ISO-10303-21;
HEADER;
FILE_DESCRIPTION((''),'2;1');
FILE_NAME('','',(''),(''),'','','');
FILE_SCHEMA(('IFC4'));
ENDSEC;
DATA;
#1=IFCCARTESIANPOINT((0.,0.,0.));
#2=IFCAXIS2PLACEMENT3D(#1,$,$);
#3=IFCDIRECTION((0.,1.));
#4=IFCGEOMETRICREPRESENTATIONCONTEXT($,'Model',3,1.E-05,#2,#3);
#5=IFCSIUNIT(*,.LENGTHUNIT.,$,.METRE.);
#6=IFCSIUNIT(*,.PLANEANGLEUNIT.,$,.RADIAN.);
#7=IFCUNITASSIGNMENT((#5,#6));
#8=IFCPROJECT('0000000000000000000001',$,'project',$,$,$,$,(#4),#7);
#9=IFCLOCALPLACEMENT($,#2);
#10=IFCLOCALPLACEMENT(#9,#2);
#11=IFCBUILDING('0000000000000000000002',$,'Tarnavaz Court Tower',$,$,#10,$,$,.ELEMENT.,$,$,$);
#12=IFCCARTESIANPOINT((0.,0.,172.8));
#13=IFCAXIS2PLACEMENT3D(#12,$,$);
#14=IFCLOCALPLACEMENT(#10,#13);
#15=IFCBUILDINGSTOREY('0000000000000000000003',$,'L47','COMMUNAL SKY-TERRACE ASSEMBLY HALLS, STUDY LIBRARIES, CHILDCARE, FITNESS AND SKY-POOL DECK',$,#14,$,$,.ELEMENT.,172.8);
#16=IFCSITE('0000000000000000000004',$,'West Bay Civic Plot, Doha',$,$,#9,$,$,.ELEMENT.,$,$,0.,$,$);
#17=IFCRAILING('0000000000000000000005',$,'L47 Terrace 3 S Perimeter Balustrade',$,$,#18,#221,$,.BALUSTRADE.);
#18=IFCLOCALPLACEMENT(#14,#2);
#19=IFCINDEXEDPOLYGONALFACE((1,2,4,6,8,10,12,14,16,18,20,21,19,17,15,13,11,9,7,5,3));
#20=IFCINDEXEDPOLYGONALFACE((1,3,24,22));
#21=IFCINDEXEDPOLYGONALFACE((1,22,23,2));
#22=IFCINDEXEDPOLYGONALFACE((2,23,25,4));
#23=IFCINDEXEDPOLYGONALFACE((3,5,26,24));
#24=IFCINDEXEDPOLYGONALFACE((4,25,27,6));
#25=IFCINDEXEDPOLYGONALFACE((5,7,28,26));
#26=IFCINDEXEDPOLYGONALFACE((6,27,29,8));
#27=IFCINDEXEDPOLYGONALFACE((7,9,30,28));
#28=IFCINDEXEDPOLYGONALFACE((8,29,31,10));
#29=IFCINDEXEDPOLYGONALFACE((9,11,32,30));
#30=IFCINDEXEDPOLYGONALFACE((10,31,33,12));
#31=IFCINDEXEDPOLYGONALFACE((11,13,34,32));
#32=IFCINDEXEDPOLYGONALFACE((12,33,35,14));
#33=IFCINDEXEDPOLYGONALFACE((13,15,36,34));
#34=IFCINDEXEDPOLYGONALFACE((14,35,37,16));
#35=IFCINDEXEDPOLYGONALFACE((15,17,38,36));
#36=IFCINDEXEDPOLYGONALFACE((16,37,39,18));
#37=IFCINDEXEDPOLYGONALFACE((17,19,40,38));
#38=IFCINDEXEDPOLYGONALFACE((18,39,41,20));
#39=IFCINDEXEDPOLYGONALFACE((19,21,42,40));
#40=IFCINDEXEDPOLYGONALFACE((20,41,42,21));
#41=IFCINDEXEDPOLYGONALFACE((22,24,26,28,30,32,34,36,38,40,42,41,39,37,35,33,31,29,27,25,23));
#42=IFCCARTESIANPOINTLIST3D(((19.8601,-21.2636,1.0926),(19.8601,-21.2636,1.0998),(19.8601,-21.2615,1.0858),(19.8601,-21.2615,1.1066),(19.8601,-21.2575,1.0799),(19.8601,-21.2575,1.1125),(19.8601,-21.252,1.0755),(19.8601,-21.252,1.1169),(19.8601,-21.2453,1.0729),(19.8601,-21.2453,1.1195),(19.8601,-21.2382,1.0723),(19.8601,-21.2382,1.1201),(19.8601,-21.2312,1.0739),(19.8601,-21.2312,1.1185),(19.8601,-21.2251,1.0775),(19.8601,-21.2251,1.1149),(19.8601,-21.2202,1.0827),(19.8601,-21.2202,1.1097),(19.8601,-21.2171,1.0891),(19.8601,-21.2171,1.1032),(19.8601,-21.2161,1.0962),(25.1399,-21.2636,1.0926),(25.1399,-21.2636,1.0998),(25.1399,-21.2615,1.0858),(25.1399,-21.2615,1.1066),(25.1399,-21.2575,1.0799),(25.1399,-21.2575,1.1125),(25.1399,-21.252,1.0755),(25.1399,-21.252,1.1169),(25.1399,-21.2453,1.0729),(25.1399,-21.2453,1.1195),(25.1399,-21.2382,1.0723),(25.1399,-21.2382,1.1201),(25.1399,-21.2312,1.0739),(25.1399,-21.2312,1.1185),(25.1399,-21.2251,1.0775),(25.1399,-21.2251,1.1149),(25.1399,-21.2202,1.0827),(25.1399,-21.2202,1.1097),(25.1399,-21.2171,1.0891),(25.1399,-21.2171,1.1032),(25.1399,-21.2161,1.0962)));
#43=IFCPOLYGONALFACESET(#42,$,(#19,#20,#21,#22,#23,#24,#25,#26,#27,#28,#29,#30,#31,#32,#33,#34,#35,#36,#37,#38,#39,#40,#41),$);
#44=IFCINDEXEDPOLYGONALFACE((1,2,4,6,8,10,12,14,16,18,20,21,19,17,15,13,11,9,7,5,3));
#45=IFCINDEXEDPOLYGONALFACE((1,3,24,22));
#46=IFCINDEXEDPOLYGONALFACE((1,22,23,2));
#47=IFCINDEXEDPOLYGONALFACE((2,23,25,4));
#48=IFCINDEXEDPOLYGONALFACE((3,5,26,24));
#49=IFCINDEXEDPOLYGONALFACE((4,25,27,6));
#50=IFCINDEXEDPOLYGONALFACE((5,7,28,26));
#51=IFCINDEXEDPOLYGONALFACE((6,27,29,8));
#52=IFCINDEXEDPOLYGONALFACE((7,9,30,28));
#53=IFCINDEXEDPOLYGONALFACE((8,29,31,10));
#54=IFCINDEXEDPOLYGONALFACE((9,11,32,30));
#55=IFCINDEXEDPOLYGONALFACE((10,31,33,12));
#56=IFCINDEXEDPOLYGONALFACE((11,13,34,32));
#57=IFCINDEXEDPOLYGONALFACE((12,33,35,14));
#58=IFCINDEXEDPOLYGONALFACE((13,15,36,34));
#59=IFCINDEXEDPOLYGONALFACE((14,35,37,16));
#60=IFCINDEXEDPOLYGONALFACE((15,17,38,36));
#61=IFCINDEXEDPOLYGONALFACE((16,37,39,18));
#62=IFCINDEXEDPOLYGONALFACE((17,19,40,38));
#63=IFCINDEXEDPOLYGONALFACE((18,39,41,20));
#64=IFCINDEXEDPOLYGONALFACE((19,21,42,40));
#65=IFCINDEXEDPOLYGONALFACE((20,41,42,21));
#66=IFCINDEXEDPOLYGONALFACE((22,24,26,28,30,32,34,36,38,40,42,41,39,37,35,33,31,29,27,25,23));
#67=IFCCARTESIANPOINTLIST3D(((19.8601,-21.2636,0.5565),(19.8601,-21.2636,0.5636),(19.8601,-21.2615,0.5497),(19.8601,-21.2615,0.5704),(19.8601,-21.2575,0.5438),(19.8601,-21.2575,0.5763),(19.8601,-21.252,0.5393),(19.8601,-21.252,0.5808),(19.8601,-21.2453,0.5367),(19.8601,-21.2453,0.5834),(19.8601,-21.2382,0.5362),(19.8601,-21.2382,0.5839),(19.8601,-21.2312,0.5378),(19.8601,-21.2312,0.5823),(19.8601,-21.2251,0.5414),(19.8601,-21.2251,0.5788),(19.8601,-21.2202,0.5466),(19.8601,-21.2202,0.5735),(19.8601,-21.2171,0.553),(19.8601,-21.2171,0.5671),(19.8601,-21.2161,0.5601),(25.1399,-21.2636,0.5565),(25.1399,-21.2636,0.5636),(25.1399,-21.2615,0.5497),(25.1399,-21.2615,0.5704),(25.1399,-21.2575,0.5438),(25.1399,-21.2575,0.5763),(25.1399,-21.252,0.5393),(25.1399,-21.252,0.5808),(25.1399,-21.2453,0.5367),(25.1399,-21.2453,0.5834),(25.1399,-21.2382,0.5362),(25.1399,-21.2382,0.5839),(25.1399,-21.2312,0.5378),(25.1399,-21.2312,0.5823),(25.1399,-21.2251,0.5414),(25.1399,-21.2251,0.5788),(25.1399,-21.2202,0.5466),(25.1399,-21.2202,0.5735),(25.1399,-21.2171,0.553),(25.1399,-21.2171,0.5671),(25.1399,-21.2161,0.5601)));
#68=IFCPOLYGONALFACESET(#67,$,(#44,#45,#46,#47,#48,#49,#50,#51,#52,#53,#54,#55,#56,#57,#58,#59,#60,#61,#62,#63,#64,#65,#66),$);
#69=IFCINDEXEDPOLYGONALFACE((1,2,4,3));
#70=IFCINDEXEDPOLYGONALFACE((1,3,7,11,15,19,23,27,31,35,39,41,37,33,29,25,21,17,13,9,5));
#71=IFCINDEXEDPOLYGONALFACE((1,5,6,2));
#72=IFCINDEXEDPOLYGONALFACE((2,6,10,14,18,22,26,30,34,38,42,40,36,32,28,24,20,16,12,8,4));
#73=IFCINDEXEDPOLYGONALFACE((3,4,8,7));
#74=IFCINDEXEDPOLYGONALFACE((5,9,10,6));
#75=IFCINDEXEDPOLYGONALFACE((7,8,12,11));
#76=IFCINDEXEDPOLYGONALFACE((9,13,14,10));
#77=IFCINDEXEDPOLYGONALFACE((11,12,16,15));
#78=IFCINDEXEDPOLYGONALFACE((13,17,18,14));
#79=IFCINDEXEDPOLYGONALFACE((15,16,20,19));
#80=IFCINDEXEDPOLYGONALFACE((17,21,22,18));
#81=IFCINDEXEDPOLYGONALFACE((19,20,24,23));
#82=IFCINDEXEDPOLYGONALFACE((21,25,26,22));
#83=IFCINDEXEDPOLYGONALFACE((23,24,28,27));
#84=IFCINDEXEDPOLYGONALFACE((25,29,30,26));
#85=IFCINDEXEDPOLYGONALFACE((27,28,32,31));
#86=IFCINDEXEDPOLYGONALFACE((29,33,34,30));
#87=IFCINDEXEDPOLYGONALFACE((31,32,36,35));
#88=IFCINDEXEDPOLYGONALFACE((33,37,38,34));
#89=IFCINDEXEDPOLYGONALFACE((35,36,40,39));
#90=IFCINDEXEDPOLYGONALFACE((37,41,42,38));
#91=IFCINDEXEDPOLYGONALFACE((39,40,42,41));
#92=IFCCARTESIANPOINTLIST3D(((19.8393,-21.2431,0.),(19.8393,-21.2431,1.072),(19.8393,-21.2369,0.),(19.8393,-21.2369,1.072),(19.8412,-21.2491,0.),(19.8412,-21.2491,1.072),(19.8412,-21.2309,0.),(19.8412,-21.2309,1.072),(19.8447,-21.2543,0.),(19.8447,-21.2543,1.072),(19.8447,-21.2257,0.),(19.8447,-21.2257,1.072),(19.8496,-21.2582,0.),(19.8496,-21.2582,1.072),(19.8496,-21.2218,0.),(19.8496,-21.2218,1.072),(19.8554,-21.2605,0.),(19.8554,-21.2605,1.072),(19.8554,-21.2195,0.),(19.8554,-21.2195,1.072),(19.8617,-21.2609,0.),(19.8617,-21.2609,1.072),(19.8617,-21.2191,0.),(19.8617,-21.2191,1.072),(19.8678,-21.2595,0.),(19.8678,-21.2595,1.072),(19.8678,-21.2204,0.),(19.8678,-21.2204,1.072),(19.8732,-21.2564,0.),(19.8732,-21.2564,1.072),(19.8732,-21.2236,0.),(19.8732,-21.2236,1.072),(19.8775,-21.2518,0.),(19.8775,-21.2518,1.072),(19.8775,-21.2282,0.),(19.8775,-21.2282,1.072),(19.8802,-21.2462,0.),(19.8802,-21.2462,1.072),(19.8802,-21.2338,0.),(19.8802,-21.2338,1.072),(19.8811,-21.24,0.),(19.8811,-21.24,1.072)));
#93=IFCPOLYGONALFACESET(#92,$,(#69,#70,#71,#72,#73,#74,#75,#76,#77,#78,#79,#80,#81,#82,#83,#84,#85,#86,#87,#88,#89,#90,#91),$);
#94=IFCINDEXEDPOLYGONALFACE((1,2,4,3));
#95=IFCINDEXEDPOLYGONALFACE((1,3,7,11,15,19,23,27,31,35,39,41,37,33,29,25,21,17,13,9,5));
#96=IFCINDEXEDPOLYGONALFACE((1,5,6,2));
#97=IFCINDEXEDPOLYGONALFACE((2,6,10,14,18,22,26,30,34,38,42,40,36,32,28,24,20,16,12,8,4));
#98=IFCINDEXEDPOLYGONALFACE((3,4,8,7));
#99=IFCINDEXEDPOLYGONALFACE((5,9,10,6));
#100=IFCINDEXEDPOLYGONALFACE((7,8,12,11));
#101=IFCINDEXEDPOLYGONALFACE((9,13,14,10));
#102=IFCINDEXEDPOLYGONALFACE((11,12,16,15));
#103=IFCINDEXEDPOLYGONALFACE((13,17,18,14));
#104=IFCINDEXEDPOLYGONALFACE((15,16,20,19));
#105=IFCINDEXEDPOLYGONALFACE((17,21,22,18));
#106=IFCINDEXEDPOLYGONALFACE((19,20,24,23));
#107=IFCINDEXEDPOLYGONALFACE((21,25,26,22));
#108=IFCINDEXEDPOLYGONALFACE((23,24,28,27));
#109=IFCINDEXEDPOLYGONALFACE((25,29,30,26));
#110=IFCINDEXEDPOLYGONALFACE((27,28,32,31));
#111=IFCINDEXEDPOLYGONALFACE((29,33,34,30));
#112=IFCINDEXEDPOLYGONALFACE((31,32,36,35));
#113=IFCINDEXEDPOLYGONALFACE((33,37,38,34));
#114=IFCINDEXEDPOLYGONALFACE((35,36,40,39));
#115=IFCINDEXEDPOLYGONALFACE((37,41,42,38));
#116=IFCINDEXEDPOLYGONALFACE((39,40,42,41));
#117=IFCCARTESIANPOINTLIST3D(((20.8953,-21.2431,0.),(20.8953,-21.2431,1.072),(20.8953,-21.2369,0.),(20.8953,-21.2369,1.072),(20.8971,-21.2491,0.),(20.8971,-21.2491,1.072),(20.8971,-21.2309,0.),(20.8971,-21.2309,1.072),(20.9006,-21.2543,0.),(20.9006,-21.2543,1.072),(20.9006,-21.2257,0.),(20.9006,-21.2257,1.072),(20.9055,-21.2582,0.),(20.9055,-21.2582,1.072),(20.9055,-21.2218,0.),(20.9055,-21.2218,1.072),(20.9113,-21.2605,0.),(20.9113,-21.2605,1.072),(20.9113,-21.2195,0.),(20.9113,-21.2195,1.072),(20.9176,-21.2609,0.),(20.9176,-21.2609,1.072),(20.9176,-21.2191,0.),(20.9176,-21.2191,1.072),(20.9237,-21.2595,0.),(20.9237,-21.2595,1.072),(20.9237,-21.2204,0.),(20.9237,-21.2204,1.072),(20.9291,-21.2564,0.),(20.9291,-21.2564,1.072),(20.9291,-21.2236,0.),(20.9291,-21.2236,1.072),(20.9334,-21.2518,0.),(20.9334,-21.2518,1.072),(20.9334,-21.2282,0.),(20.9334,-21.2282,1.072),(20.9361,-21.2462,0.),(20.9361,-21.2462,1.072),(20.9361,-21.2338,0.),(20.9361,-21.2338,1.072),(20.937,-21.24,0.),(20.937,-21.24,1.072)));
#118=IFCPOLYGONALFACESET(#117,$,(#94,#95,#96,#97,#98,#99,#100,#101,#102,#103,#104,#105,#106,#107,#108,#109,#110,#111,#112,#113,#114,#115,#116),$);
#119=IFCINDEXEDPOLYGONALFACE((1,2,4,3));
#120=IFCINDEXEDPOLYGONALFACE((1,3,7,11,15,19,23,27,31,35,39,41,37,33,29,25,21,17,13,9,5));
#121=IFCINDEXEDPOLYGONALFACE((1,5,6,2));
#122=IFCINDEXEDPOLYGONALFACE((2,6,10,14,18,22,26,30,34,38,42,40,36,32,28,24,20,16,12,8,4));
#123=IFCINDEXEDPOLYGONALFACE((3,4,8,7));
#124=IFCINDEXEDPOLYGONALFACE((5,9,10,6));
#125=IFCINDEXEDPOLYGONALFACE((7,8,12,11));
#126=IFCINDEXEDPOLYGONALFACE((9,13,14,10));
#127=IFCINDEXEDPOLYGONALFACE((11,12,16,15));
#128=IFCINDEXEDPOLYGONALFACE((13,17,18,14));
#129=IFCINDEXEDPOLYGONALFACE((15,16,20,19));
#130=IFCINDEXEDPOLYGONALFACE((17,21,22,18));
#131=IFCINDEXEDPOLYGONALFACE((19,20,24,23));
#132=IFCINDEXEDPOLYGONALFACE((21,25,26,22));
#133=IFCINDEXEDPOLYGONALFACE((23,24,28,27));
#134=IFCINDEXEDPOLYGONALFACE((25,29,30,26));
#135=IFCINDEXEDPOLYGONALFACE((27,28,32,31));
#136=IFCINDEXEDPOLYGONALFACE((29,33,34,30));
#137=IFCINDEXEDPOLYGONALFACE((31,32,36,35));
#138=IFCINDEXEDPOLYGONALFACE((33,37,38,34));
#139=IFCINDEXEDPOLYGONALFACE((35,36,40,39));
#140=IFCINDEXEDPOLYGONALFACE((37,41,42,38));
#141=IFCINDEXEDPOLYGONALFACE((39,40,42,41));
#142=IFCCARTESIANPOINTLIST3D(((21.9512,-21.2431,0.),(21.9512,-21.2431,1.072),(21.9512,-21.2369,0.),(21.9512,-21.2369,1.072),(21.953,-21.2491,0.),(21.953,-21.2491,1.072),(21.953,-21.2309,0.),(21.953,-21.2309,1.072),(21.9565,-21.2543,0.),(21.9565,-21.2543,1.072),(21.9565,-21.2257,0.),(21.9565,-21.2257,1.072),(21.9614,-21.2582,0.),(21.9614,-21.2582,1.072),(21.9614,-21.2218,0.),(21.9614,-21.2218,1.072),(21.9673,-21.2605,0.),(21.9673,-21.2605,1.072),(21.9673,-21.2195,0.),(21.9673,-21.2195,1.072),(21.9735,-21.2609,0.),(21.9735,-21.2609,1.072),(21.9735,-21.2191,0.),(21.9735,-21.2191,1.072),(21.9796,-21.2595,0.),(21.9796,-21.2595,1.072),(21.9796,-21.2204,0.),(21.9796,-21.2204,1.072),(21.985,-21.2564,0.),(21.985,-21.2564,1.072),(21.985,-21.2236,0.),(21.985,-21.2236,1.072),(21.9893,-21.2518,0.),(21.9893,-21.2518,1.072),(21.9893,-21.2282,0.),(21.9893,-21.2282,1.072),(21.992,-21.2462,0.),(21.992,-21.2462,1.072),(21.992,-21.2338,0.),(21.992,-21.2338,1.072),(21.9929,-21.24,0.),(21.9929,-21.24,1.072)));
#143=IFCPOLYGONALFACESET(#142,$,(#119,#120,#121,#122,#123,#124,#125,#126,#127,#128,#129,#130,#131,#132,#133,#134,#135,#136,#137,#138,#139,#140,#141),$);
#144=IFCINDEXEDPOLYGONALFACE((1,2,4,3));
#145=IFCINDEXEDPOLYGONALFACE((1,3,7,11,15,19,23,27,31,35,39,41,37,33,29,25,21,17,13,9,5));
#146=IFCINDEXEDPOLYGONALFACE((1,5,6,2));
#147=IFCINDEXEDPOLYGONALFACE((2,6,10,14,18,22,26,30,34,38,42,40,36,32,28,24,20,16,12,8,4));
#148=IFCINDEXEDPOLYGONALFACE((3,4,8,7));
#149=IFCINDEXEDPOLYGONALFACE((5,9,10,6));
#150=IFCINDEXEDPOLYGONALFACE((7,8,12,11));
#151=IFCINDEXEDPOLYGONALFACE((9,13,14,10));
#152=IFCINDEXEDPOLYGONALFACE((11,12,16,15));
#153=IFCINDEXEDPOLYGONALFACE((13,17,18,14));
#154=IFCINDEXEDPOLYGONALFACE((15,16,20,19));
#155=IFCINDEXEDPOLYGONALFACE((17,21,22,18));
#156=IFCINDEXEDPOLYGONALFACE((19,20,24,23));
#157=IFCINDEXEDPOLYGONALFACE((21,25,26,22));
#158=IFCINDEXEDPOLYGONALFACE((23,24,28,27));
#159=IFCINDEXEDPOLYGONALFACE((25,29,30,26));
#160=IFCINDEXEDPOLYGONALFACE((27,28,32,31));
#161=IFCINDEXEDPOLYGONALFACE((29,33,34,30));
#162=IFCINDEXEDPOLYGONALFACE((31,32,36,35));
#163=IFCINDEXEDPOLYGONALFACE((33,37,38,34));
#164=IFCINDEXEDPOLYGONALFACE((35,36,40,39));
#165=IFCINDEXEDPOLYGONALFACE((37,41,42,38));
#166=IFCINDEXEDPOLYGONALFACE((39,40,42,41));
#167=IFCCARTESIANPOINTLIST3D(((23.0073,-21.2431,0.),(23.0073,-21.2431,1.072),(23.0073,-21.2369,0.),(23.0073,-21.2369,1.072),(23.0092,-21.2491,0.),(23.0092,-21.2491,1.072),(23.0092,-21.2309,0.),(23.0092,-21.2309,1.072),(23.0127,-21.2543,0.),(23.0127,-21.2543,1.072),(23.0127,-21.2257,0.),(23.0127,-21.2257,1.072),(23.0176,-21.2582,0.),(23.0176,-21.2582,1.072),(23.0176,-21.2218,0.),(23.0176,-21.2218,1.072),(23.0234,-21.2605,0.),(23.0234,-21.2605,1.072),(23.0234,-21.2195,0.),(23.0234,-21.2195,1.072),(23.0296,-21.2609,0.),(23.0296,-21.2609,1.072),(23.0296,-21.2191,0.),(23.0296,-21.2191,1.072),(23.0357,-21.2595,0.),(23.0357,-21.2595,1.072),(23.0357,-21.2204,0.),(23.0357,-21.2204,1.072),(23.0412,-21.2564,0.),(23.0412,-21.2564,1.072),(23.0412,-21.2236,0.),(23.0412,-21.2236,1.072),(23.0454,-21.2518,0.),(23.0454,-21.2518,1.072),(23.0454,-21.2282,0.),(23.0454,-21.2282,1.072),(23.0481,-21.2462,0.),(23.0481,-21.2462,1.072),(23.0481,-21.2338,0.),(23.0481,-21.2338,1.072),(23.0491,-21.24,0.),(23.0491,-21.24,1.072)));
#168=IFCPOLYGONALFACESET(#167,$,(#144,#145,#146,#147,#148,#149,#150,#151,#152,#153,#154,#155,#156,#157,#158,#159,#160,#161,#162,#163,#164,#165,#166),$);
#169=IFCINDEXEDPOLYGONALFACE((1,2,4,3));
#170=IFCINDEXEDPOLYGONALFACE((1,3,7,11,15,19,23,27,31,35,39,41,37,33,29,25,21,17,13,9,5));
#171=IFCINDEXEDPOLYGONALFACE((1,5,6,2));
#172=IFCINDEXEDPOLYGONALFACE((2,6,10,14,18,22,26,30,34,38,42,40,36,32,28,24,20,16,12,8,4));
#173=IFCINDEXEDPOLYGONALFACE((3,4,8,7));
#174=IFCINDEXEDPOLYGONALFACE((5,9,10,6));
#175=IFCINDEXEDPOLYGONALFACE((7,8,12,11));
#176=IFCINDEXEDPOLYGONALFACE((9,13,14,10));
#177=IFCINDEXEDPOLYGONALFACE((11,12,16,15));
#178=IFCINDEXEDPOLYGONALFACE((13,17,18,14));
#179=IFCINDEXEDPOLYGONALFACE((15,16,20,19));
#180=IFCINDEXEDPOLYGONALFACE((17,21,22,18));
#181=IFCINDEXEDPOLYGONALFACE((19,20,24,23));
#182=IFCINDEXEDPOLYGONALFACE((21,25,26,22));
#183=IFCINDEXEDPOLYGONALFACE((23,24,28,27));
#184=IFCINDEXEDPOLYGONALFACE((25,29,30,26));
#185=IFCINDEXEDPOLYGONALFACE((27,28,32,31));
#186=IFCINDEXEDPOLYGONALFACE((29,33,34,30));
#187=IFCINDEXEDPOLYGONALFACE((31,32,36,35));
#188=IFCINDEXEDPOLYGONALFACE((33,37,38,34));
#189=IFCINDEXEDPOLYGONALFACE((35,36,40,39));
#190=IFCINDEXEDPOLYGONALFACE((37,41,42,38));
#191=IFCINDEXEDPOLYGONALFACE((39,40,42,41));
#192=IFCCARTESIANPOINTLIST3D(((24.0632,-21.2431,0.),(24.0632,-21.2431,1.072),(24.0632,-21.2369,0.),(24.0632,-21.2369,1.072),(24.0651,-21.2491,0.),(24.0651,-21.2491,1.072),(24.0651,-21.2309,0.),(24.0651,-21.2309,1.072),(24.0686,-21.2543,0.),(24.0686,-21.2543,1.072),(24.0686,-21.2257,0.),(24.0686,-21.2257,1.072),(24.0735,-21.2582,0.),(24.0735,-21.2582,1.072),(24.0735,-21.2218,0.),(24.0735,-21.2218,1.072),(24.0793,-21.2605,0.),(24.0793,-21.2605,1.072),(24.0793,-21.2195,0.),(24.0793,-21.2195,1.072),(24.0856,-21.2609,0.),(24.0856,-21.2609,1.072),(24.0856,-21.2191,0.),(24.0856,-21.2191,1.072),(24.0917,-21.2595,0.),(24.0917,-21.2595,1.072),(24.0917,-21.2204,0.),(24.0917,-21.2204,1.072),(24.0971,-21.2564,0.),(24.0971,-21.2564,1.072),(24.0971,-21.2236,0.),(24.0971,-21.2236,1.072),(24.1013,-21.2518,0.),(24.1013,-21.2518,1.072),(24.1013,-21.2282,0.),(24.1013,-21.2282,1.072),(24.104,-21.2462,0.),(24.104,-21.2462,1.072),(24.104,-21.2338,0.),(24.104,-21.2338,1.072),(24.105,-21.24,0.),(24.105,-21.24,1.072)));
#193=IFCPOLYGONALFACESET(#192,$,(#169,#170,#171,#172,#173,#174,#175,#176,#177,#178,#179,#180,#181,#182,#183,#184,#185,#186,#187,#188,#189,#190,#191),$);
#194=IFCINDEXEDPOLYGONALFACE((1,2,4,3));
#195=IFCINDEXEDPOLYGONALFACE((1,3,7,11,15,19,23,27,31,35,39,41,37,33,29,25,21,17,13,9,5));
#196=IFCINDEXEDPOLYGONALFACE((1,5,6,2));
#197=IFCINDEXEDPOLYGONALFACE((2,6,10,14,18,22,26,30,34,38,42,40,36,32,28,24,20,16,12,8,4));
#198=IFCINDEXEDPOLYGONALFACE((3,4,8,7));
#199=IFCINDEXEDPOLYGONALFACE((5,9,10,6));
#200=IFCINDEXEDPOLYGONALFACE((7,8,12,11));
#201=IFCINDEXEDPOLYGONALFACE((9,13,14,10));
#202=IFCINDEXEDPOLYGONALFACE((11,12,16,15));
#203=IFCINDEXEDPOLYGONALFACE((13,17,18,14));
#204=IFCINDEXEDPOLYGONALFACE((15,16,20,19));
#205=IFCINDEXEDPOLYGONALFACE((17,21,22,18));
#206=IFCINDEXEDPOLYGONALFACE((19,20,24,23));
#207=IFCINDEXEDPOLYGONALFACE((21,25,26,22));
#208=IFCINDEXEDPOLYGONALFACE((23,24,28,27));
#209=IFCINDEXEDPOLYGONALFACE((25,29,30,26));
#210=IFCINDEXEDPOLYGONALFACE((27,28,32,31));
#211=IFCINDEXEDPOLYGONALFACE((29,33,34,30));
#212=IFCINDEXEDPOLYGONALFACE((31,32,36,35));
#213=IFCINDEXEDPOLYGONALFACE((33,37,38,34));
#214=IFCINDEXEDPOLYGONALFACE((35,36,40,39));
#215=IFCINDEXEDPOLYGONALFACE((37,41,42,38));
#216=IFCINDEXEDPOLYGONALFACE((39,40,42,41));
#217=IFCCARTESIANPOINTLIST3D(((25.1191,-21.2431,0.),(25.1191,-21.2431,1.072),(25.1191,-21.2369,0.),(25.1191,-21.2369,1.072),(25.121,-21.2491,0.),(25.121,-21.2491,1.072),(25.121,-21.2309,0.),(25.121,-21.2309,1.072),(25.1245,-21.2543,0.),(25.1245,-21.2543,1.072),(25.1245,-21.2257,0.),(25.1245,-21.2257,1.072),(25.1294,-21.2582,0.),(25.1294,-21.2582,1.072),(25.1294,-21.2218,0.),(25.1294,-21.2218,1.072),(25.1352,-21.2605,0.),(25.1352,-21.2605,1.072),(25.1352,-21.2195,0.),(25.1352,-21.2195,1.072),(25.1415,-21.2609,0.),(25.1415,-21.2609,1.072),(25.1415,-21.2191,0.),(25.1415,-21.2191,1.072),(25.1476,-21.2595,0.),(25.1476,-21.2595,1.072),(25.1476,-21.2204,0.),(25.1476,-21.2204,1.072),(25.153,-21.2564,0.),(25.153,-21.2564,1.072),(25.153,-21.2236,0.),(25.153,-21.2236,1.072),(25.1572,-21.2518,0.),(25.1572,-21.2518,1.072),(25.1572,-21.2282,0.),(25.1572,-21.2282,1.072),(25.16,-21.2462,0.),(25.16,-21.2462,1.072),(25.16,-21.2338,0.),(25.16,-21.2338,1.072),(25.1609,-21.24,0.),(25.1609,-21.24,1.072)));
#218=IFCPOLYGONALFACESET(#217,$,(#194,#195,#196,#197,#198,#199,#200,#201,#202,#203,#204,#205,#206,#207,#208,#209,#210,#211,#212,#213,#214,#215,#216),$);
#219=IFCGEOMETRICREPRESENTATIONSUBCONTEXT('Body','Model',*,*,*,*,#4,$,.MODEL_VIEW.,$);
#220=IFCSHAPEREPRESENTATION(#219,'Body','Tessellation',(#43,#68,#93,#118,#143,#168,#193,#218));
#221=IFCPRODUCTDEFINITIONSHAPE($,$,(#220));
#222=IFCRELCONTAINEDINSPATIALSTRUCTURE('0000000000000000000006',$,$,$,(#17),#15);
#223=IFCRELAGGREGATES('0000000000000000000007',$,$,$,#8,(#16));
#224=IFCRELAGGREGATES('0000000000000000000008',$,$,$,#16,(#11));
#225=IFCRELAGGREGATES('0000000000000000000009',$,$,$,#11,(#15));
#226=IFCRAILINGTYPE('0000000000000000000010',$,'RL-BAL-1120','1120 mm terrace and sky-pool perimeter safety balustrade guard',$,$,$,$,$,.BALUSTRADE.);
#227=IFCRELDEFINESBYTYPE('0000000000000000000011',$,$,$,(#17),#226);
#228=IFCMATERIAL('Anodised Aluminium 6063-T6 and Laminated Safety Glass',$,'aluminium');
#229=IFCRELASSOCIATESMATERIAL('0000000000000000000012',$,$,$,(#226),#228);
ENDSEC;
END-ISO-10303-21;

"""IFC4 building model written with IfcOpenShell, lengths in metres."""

from ifc_helpers import new_model, si_unit, direction, frame, origin, origin_2d, place, context, subcontext, project, spatial, circle, extrude, material, type_object, element, save


model = new_model("IFC4")

# Units and contexts
model_context = context("Model", 3, precision=1e-05, world=origin(), true_north=direction((0.0, 1.0)))
body_context = subcontext(model_context, "Body", "Model", "MODEL_VIEW")
ifc_project = project(units=[si_unit("LENGTHUNIT", "METRE"), si_unit("PLANEANGLEUNIT", "RADIAN")], contexts=[model_context])

# Site, building, storey
site_placement = place(None, origin())
site = spatial("IfcSite", under=ifc_project, at=site_placement, Name="West Bay Civic Plot, Doha", CompositionType="ELEMENT", RefElevation=0.0)
building_placement = place(site_placement, origin())
building = spatial("IfcBuilding", under=site, at=building_placement, Name="Tarnavaz Court Tower", CompositionType="ELEMENT")
storey_placement = place(building_placement, frame((0.0, 0.0, 172.8)))
storey = spatial("IfcBuildingStorey", under=building, at=storey_placement, Name="L47", Description="COMMUNAL SKY-TERRACE ASSEMBLY HALLS, STUDY LIBRARIES, CHILDCARE, FITNESS AND SKY-POOL DECK", CompositionType="ELEMENT", Elevation=172.8)

# Railing
ifc_material_1 = material(Name="Anodised Aluminium 6063-T6 and Laminated Safety Glass", Category="aluminium")
railing_type = type_object("IfcRailingType", Name="RL-BAL-1120", Description="1120 mm terrace and sky-pool perimeter safety balustrade guard", PredefinedType="BALUSTRADE", material=ifc_material_1)
railing_1_placement = place(storey_placement, frame((19.8601, -21.24, 0.0)))
element("IfcRailing", 1, at=railing_1_placement, inside=storey, type_object=railing_type, Name="L47 Terrace 3 S Perimeter Balustrade", PredefinedType="BALUSTRADE", context=body_context, shape_type="SweptSolid", body=[
    extrude(circle(Radius=0.0239, at=origin_2d()), frame((0.0, 0.0, 1.0962), z_axis=(1.0, 0.0, 0.0), x_axis=(0.0, 1.0, 0.0)), (0.0, 0.0, 1.0), 5.2798),
    extrude(circle(Radius=0.0239, at=origin_2d()), frame((0.0, 0.0, 0.5601), z_axis=(1.0, 0.0, 0.0), x_axis=(0.0, 1.0, 0.0)), (0.0, 0.0, 1.0), 5.2798),
    extrude(circle(Radius=0.021, at=origin_2d()), origin(), (0.0, 0.0, 1.0), 1.072),
    extrude(circle(Radius=0.021, at=origin_2d()), frame((1.0559, 0.0, 0.0)), (0.0, 0.0, 1.0), 1.072),
    extrude(circle(Radius=0.021, at=origin_2d()), frame((2.1118, 0.0, 0.0)), (0.0, 0.0, 1.0), 1.072),
    extrude(circle(Radius=0.021, at=origin_2d()), frame((3.168, 0.0, 0.0)), (0.0, 0.0, 1.0), 1.072),
    extrude(circle(Radius=0.021, at=origin_2d()), frame((4.2239, 0.0, 0.0)), (0.0, 0.0, 1.0), 1.072),
    extrude(circle(Radius=0.021, at=origin_2d()), frame((5.2798, 0.0, 0.0)), (0.0, 0.0, 1.0), 1.072),
])

save(model, "model.ifc")
